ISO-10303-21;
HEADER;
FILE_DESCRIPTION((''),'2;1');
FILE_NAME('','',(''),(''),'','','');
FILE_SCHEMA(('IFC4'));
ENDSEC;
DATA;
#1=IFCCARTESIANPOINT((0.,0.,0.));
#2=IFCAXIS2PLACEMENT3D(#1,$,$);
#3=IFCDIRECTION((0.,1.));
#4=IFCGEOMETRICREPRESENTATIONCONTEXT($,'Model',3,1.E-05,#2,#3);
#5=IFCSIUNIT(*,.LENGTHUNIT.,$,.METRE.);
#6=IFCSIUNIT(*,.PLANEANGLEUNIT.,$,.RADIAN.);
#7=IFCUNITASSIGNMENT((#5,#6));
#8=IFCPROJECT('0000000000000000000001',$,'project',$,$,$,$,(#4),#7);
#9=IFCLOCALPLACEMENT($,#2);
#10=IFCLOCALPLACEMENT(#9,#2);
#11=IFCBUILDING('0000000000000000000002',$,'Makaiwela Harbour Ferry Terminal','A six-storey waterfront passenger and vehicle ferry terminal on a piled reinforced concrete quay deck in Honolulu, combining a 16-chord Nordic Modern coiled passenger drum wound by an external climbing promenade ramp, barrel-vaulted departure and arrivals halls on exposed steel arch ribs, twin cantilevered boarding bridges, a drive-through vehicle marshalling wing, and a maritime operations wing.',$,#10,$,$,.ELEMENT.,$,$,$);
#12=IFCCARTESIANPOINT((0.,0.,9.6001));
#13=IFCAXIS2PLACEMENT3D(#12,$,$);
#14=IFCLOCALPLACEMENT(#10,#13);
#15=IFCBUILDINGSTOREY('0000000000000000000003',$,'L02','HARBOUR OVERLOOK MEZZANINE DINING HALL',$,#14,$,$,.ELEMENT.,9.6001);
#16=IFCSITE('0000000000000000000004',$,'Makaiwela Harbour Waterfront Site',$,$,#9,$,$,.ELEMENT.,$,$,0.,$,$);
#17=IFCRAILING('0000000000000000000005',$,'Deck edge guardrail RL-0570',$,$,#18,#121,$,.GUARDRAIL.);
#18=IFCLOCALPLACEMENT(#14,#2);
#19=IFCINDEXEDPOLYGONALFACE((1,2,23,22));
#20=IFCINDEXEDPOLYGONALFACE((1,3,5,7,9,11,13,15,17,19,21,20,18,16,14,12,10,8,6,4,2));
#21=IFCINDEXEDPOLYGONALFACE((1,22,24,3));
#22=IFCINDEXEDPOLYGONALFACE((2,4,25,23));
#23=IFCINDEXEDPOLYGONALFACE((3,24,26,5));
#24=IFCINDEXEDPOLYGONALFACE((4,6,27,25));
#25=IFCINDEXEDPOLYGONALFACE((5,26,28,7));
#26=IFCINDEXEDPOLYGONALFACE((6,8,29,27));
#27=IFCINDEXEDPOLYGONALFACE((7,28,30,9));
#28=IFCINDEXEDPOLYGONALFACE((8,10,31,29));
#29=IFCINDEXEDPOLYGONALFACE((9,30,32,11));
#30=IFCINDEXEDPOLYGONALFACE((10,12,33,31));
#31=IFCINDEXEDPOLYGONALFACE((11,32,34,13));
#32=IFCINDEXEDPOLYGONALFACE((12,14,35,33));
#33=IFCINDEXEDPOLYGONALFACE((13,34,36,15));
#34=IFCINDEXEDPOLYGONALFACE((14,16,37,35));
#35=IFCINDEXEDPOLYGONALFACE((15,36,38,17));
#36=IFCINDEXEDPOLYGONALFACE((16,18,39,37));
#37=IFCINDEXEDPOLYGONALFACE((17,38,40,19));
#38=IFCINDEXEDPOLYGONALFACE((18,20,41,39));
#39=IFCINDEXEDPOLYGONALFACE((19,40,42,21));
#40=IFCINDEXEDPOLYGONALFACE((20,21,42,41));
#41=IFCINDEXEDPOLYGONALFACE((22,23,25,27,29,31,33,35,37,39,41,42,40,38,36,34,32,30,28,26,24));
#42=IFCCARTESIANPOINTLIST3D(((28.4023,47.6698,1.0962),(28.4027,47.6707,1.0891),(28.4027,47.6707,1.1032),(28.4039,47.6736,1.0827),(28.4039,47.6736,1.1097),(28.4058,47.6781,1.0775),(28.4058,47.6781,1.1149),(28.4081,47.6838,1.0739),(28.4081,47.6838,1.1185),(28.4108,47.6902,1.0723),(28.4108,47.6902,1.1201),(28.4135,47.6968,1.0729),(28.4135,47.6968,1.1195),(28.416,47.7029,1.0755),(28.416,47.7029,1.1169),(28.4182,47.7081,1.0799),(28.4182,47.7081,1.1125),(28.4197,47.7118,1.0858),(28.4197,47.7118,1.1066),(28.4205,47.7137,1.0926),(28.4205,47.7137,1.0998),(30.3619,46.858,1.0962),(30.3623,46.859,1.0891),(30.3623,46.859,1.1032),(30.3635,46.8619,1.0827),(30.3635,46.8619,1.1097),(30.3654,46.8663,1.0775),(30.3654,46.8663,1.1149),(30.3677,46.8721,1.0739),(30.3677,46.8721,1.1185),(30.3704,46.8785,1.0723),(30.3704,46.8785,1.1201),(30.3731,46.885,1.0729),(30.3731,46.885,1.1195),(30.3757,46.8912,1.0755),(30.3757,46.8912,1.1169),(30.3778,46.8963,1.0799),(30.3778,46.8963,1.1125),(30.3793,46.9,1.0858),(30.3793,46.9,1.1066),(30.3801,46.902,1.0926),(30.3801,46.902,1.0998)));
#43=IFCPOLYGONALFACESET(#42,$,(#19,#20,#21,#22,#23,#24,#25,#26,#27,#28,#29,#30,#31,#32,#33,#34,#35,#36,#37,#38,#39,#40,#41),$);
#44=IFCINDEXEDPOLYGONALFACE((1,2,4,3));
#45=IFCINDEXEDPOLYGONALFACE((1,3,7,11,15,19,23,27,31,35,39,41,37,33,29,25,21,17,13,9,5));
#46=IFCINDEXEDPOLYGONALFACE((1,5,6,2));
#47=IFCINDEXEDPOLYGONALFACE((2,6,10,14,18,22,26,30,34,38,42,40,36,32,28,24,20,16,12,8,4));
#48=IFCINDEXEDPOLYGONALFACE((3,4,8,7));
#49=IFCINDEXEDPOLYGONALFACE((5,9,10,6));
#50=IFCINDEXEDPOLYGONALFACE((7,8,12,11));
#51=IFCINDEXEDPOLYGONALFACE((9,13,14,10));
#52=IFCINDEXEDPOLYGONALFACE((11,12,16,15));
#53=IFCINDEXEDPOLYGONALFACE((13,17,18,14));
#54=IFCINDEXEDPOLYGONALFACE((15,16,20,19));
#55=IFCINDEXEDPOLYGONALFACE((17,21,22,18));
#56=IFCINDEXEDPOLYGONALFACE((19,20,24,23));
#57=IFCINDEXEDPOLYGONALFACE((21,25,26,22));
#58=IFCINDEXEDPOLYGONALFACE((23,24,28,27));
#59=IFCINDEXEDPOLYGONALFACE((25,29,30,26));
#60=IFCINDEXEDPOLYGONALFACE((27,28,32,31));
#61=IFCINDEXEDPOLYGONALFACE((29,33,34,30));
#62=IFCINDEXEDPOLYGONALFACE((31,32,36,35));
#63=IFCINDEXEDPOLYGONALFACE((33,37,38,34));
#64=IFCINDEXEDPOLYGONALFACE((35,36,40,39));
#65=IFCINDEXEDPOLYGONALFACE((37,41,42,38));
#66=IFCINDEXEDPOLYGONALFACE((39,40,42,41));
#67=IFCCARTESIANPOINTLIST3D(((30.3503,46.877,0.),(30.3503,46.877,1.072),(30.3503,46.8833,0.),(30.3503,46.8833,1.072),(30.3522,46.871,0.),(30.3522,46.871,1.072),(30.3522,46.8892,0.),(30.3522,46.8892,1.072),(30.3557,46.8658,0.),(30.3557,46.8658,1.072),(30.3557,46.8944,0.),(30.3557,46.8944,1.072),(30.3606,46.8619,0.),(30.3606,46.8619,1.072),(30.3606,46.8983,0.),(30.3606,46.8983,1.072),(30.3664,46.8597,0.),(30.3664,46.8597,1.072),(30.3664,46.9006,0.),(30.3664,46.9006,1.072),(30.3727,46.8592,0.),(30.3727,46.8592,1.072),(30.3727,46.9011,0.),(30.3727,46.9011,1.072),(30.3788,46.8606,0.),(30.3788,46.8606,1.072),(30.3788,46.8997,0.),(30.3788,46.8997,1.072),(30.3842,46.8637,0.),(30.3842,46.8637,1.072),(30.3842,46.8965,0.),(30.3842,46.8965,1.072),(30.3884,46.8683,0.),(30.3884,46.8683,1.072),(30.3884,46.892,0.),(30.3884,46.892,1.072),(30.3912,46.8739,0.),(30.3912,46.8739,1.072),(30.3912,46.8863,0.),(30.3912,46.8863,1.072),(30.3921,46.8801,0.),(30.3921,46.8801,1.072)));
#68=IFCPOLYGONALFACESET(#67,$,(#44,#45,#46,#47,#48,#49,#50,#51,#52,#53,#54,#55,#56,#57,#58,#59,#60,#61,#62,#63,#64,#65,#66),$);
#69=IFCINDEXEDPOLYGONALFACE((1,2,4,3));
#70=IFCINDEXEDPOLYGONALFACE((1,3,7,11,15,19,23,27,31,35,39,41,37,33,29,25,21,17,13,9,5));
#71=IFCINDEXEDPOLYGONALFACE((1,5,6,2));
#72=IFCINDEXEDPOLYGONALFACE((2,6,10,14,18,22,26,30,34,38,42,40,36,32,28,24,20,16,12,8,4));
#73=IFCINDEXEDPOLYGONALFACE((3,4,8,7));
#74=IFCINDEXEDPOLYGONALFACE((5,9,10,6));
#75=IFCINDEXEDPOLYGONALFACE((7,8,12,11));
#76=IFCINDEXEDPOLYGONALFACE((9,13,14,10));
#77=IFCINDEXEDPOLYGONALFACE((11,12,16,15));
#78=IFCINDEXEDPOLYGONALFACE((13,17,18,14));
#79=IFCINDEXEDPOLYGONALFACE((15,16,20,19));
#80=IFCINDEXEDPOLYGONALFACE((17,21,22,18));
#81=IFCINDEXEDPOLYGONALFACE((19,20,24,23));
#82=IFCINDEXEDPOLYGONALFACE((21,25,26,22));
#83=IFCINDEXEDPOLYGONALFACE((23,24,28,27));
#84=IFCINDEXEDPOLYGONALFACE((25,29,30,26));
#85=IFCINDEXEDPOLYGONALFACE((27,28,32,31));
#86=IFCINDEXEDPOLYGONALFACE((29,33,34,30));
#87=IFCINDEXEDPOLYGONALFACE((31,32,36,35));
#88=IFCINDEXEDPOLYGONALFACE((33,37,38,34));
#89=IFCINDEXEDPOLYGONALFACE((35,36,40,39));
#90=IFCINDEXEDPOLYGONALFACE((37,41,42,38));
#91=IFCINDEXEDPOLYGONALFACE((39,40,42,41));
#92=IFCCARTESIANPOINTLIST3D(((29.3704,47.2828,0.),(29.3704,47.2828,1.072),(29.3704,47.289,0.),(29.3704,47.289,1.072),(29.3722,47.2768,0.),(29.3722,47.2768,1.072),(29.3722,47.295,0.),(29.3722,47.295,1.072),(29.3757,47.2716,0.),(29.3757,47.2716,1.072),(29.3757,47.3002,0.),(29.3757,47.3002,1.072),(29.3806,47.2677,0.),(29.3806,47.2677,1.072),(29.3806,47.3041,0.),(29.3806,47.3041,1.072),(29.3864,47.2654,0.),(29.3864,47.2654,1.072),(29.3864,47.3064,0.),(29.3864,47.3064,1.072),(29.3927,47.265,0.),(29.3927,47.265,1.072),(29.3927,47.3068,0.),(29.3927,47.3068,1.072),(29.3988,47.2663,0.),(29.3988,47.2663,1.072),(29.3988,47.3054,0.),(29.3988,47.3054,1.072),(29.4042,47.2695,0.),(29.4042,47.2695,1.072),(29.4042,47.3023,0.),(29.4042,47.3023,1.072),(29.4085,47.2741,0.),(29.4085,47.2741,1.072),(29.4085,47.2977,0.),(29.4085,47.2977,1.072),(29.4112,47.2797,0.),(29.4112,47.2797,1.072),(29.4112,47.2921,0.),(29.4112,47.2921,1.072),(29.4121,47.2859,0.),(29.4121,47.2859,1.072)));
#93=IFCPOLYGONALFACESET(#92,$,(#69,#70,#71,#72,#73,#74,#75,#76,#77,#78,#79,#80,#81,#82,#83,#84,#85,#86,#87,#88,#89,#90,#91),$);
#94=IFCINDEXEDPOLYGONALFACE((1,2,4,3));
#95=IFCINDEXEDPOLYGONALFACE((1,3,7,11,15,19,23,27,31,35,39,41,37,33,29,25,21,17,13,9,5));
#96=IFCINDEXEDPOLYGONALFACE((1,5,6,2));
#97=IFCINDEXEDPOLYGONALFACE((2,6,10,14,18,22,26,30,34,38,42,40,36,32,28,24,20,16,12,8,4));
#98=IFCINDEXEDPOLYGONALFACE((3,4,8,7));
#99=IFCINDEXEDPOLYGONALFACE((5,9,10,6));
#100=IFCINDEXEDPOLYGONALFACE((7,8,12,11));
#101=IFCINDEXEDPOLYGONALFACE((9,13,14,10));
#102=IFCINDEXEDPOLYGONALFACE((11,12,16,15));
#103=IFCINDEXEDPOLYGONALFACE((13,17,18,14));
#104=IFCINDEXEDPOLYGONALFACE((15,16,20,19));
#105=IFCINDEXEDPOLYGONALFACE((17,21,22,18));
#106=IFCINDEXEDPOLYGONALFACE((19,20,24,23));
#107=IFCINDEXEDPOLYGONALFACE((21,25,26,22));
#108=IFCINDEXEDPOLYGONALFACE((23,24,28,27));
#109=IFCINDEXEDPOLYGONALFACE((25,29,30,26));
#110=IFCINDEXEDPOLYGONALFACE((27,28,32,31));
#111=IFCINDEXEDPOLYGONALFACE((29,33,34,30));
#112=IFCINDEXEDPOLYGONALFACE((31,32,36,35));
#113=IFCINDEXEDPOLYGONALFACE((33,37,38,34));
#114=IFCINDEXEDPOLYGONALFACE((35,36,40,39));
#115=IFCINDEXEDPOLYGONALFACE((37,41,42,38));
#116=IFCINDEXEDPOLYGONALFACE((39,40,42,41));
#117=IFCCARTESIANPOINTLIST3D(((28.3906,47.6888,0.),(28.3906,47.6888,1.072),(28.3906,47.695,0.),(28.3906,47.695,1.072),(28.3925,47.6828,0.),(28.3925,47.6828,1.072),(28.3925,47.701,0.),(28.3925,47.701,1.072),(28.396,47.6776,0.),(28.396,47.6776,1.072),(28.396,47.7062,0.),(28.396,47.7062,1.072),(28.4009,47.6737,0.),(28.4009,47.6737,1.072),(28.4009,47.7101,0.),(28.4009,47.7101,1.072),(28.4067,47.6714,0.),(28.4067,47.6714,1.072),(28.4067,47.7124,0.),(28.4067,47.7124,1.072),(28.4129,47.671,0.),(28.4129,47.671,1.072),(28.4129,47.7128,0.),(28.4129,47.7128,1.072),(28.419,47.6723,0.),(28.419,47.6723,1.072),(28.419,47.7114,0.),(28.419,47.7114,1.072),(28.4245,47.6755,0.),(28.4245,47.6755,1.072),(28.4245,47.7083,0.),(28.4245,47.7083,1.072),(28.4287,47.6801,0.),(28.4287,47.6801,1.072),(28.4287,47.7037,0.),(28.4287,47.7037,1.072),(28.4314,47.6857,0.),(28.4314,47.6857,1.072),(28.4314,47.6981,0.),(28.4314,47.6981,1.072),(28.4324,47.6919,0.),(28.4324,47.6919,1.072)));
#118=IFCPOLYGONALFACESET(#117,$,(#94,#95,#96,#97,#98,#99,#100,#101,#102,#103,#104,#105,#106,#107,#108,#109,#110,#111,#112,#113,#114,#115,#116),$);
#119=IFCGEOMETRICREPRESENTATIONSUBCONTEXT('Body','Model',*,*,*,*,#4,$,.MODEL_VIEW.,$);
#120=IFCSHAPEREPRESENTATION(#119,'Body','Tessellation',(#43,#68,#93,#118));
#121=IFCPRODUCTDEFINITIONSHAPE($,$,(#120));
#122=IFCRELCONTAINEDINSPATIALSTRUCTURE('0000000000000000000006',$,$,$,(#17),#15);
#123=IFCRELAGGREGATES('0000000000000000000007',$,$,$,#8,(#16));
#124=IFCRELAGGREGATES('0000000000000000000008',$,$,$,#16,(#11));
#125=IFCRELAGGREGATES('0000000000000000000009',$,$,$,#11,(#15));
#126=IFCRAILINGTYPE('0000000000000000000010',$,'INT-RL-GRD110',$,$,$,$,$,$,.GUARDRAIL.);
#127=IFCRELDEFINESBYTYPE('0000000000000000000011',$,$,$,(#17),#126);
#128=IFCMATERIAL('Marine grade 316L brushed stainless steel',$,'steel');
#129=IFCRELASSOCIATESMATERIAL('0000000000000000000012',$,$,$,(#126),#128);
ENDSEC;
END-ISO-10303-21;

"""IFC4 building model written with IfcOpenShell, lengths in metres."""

from ifc_helpers import new_model, si_unit, direction, frame, origin, origin_2d, place, context, subcontext, project, spatial, circle, extrude, material, type_object, element, save


model = new_model("IFC4")

# Units and contexts
model_context = context("Model", 3, precision=1e-05, world=origin(), true_north=direction((0.0, 1.0)))
body_context = subcontext(model_context, "Body", "Model", "MODEL_VIEW")
ifc_project = project(units=[si_unit("LENGTHUNIT", "METRE"), si_unit("PLANEANGLEUNIT", "RADIAN")], contexts=[model_context])

# Site, building, storey
site_placement = place(None, origin())
site = spatial("IfcSite", under=ifc_project, at=site_placement, Name="Makaiwela Harbour Waterfront Site", CompositionType="ELEMENT", RefElevation=0.0)
building_placement = place(site_placement, origin())
building = spatial("IfcBuilding", under=site, at=building_placement, Name="Makaiwela Harbour Ferry Terminal", Description="A six-storey waterfront passenger and vehicle ferry terminal on a piled reinforced concrete quay deck in Honolulu, combining a 16-chord Nordic Modern coiled passenger drum wound by an external climbing promenade ramp, barrel-vaulted departure and arrivals halls on exposed steel arch ribs, twin cantilevered boarding bridges, a drive-through vehicle marshalling wing, and a maritime operations wing.", CompositionType="ELEMENT")
storey_placement = place(building_placement, frame((0.0, 0.0, 9.6001)))
storey = spatial("IfcBuildingStorey", under=building, at=storey_placement, Name="L02", Description="HARBOUR OVERLOOK MEZZANINE DINING HALL", CompositionType="ELEMENT", Elevation=9.6001)

# Railing
ifc_material_1 = material(Name="Marine grade 316L brushed stainless steel", Category="steel")
railing_type = type_object("IfcRailingType", Name="INT-RL-GRD110", PredefinedType="GUARDRAIL", material=ifc_material_1)
railing_1_placement = place(storey_placement, frame((30.3711, 46.8801, 0.0)))
element("IfcRailing", 1, at=railing_1_placement, inside=storey, type_object=railing_type, Name="Deck edge guardrail RL-0570", PredefinedType="GUARDRAIL", context=body_context, shape_type="SweptSolid", body=[
    extrude(circle(Radius=0.0239, at=origin_2d()), frame((0.0, 0.0, 1.0962), z_axis=(-0.923875, 0.382694, 0.0), x_axis=(-0.382694, -0.923875, 0.0)), (0.0, 0.0, 1.0), 2.1211),
    extrude(circle(Radius=0.021, at=origin_2d()), origin(), (0.0, 0.0, 1.0), 1.072),
    extrude(circle(Radius=0.021, at=origin_2d()), frame((-0.98, 0.4058, 0.0)), (0.0, 0.0, 1.0), 1.072),
    extrude(circle(Radius=0.021, at=origin_2d()), frame((-1.9597, 0.8118, 0.0)), (0.0, 0.0, 1.0), 1.072),
])

save(model, "model.ifc")
